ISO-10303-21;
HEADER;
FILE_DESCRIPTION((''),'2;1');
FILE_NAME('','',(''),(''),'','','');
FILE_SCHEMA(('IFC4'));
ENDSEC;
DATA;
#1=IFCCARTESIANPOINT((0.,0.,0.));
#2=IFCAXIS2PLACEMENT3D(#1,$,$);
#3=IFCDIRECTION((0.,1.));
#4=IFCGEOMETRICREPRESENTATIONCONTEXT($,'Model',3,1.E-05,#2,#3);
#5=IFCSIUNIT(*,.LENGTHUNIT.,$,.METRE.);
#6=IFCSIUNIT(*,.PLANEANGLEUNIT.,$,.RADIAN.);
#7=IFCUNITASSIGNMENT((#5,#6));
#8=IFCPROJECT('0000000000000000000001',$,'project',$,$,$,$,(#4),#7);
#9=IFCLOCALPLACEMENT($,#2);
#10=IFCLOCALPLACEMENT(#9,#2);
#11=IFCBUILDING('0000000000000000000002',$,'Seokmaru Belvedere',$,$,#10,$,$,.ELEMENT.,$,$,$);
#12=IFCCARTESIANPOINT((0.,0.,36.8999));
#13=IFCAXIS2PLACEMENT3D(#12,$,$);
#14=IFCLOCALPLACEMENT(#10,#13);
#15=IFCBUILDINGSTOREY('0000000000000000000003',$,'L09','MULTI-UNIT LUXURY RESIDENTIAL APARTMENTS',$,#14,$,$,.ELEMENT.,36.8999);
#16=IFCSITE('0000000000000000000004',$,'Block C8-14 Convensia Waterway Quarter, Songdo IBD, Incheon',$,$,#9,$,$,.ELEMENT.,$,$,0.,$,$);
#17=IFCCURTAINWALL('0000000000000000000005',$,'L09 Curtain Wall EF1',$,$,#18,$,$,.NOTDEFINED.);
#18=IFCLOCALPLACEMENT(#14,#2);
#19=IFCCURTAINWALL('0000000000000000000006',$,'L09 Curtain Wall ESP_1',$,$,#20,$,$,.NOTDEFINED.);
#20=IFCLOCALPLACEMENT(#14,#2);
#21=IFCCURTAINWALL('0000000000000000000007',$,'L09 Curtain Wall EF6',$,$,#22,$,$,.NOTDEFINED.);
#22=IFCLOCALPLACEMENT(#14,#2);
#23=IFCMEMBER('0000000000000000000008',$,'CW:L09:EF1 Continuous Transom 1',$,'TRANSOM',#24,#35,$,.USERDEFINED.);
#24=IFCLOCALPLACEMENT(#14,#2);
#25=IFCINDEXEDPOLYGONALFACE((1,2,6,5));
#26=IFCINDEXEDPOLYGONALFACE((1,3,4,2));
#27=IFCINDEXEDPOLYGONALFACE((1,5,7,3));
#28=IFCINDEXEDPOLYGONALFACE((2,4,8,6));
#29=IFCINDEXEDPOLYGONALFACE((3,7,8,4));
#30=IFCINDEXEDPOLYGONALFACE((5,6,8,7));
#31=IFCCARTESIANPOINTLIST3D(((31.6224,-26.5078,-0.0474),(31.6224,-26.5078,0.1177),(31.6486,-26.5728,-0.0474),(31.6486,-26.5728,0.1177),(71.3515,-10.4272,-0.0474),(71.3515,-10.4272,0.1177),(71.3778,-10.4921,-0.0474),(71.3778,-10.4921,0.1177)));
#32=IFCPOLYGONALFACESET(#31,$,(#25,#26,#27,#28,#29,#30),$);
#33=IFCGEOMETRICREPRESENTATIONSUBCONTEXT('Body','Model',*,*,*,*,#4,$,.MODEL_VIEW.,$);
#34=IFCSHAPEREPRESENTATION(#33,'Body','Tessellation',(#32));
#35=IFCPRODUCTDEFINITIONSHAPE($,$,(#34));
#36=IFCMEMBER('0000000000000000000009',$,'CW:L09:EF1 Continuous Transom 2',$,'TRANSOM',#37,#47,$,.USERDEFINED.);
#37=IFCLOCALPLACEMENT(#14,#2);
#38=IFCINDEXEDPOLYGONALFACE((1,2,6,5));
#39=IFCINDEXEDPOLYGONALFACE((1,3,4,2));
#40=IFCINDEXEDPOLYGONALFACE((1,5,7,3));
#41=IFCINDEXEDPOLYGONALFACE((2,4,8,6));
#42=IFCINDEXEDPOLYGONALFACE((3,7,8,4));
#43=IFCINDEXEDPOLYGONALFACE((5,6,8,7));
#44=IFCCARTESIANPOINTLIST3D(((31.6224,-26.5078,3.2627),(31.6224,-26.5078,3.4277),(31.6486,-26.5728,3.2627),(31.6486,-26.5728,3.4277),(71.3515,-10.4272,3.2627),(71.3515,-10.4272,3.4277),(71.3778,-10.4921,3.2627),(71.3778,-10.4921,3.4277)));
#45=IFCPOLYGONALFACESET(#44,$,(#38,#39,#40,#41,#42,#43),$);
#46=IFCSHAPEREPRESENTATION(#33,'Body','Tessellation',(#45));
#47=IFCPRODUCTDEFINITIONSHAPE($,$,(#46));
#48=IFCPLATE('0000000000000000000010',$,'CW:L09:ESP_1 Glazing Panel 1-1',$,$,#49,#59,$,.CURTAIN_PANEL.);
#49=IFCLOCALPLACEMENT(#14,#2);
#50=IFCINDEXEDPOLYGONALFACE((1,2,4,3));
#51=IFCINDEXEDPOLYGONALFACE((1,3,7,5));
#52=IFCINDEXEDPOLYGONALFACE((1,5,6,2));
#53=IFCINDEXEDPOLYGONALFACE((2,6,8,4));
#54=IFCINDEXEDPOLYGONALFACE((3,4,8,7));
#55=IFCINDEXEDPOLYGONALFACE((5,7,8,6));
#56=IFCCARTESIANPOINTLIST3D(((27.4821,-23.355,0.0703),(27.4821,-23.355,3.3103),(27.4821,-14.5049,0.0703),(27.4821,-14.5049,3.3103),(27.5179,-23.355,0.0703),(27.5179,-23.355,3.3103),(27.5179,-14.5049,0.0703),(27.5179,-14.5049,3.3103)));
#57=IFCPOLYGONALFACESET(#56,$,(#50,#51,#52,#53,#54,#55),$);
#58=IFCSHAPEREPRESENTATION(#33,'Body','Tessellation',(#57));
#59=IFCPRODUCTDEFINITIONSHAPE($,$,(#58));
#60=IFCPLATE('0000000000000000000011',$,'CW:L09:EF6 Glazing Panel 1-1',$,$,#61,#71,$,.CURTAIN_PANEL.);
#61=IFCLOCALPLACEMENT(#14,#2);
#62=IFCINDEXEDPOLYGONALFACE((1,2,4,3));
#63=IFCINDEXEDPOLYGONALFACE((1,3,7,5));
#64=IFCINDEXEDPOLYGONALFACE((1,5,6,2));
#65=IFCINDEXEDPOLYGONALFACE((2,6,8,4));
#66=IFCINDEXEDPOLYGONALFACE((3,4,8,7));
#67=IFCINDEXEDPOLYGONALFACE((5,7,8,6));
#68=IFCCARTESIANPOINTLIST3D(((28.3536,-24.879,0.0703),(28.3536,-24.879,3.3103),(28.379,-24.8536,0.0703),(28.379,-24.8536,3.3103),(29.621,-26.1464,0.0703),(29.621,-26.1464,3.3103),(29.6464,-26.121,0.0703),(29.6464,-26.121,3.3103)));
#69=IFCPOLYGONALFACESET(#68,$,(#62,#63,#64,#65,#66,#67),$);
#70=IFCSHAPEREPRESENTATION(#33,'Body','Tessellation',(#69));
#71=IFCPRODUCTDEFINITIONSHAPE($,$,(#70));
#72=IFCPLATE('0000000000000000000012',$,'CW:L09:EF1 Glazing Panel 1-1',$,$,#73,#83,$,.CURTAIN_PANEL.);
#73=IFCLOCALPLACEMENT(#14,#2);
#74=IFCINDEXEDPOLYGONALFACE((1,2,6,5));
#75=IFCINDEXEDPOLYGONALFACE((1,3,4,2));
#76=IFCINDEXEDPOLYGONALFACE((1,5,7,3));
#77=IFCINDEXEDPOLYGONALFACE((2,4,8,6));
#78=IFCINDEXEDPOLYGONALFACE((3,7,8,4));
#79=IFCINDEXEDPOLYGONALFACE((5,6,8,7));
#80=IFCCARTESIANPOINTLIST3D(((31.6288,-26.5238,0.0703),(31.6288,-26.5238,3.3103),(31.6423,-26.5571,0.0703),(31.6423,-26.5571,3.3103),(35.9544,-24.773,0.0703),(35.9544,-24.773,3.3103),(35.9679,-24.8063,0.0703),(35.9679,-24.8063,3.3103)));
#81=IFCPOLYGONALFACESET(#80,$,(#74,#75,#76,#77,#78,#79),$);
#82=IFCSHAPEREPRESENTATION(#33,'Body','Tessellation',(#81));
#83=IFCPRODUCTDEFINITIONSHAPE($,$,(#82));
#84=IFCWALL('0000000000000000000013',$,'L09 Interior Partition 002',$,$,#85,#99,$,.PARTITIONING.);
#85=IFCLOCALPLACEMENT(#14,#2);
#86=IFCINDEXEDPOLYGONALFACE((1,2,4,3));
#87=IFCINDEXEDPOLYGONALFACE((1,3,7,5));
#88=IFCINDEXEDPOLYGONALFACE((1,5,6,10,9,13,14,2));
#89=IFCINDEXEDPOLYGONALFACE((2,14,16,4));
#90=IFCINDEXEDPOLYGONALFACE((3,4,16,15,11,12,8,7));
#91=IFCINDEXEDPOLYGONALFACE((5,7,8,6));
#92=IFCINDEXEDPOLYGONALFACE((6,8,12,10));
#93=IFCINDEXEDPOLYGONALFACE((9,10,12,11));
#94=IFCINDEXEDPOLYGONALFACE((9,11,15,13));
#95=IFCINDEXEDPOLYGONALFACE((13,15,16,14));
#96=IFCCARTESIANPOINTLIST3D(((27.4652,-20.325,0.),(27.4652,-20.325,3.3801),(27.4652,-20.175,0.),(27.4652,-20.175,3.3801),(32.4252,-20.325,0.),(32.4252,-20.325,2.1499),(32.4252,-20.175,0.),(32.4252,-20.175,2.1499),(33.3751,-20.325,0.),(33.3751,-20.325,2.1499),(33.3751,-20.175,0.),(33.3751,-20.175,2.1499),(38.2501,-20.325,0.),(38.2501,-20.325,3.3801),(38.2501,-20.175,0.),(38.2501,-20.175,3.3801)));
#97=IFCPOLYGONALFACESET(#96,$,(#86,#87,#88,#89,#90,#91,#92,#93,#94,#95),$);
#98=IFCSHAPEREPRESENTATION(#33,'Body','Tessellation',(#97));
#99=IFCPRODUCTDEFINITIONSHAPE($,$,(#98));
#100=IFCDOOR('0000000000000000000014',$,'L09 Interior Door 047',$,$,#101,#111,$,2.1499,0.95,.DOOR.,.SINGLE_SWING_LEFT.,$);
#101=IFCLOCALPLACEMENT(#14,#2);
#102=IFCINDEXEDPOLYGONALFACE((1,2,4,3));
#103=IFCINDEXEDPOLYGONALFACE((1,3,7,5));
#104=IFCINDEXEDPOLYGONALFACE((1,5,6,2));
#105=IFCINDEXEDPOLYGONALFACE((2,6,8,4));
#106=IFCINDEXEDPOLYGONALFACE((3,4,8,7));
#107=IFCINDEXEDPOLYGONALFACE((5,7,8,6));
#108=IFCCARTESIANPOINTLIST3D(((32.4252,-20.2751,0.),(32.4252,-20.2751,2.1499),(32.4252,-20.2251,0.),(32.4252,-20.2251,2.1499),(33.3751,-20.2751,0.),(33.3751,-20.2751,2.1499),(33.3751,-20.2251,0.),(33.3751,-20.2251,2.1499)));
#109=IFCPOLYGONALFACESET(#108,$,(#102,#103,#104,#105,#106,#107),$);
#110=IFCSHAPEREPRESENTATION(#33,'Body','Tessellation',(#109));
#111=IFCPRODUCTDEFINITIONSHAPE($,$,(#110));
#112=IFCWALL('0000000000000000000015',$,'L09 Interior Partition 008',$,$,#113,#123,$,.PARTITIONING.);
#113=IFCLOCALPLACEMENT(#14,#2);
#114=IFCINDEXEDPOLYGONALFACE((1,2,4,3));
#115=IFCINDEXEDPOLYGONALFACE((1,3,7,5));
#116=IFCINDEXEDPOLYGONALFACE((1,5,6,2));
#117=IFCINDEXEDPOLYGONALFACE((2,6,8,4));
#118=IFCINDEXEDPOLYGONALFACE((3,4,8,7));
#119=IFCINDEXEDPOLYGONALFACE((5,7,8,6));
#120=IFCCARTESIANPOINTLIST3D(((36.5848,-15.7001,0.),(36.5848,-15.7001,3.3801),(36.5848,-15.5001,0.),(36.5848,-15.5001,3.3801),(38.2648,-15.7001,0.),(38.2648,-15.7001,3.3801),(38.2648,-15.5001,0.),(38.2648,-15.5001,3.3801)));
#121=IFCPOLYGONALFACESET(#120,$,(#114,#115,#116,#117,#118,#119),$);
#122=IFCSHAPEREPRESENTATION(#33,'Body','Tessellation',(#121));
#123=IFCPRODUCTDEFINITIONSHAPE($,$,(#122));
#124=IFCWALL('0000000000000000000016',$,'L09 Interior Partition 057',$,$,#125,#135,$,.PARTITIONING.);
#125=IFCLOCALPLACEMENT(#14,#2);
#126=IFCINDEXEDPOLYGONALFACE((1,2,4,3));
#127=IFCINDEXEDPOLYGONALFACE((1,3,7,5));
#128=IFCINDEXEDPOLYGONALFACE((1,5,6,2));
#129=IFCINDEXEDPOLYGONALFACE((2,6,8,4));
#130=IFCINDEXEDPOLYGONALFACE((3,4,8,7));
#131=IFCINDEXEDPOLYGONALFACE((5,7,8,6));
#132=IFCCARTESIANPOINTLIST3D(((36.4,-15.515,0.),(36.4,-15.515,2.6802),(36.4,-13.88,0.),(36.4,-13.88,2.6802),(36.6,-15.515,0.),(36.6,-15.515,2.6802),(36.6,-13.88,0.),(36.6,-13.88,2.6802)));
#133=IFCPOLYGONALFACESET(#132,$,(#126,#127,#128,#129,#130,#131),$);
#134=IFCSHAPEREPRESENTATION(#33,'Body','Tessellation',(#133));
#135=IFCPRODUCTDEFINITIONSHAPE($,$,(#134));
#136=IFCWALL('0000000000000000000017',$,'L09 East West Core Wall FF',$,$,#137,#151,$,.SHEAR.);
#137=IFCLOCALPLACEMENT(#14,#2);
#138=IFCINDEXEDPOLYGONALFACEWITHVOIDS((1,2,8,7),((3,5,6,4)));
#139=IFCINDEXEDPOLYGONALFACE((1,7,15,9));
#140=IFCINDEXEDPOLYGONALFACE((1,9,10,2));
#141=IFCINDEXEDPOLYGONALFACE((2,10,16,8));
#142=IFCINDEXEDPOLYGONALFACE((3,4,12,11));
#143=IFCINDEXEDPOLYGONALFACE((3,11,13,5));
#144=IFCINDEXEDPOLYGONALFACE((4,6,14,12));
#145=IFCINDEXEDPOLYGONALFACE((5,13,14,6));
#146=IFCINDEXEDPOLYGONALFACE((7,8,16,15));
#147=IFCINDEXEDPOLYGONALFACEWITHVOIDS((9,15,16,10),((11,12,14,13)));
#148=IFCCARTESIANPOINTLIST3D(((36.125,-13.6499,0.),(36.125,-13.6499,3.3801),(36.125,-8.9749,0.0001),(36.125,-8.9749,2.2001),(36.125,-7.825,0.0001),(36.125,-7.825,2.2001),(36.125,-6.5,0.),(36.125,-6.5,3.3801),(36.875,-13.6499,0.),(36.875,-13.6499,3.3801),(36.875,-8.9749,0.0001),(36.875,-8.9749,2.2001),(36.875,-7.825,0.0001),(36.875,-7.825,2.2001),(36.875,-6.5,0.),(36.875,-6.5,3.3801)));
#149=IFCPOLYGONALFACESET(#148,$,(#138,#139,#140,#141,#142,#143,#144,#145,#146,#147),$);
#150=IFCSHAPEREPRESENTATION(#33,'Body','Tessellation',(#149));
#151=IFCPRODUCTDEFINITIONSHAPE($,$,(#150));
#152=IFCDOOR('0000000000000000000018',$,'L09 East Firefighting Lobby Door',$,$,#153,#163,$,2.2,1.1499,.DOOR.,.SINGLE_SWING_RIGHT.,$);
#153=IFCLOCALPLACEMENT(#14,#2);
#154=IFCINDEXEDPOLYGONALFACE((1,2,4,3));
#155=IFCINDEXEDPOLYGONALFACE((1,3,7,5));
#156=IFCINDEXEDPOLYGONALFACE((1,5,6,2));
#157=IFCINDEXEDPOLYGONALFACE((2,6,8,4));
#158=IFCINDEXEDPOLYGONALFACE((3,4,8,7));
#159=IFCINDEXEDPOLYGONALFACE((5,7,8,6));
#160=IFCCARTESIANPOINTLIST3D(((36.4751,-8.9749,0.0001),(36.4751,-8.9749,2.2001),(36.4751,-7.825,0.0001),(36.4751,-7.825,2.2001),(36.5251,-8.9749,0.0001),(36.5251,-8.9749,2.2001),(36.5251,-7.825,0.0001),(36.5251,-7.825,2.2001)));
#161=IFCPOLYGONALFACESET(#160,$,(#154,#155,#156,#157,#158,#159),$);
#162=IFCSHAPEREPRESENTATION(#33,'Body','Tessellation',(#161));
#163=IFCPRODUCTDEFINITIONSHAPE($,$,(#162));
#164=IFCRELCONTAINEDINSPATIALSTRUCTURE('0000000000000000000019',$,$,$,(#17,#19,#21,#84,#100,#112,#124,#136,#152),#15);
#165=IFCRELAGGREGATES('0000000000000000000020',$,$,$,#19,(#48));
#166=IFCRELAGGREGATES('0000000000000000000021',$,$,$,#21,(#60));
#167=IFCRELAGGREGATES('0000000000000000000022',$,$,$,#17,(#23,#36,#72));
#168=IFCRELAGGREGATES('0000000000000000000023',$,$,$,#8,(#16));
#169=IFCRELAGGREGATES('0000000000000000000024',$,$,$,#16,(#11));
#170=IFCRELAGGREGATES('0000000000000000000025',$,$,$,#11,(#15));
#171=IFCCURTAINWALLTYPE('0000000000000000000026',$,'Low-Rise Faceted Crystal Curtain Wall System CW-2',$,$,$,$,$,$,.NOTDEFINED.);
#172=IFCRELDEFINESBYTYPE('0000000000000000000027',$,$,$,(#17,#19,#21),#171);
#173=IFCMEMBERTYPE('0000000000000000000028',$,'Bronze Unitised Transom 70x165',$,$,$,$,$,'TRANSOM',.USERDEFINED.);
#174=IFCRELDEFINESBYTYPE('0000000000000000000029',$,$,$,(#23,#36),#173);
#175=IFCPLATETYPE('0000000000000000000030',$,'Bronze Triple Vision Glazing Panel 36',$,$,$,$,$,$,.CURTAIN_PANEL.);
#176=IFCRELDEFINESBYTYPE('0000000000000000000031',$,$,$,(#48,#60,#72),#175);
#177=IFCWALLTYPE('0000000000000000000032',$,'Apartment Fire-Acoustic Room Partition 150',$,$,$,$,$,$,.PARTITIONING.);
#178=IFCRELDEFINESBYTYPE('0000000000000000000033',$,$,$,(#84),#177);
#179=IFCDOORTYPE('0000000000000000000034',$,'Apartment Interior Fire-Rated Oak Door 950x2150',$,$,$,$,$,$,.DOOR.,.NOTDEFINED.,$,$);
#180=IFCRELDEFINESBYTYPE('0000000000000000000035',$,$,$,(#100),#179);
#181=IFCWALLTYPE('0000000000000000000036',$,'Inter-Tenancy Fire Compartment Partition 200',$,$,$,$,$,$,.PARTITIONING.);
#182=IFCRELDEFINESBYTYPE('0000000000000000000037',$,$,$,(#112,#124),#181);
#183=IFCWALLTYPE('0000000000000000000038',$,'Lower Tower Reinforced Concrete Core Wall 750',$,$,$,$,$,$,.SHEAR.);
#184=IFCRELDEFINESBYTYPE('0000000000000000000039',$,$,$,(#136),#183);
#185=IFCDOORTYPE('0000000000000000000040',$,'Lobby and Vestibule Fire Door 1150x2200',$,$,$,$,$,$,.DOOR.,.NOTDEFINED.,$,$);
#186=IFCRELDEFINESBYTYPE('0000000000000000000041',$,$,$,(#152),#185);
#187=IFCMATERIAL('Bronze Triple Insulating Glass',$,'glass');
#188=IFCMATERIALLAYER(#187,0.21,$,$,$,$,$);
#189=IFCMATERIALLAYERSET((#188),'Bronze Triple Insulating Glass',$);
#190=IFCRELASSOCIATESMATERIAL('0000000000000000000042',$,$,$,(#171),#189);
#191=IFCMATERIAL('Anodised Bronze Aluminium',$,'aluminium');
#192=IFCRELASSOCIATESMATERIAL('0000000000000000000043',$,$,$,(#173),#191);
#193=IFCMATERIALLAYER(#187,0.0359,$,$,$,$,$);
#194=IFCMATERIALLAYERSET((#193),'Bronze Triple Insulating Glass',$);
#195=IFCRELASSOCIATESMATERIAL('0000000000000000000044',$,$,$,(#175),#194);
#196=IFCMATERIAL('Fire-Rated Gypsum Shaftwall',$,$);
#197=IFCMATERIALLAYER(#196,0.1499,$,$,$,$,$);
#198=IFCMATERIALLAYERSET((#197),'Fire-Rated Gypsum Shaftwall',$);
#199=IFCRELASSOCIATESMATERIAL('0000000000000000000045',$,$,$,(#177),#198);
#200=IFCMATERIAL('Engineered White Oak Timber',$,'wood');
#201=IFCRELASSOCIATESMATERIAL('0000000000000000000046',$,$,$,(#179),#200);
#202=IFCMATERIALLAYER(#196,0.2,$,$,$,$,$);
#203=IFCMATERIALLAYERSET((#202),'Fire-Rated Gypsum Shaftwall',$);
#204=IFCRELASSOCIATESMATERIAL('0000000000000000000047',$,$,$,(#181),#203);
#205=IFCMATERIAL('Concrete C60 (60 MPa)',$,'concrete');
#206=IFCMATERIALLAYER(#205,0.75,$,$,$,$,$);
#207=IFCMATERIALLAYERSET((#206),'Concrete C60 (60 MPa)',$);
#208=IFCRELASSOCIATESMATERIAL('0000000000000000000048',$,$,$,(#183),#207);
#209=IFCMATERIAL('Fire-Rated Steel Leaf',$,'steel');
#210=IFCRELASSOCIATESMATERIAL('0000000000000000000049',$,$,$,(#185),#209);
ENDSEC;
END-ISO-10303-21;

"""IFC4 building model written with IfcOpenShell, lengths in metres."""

from ifc_helpers import new_model, si_unit, direction, frame, frame_2d, origin, origin_2d, place, context, subcontext, project, spatial, rectangle, extrude, source, transform, mapped, material, layer, layer_set, material_profile, profile_set, type_object, type_shapes, element, fill, aggregate, save


model = new_model("IFC4")

# Units and contexts
model_context = context("Model", 3, precision=1e-05, world=origin(), true_north=direction((0.0, 1.0)))
body_context = subcontext(model_context, "Body", "Model", "MODEL_VIEW")
ifc_project = project(units=[si_unit("LENGTHUNIT", "METRE"), si_unit("PLANEANGLEUNIT", "RADIAN")], contexts=[model_context])

# Site, building, storey
site_placement = place(None, origin())
site = spatial("IfcSite", under=ifc_project, at=site_placement, Name="Block C8-14 Convensia Waterway Quarter, Songdo IBD, Incheon", CompositionType="ELEMENT", RefElevation=0.0)
building_placement = place(site_placement, origin())
building = spatial("IfcBuilding", under=site, at=building_placement, Name="Seokmaru Belvedere", CompositionType="ELEMENT")
storey_placement = place(building_placement, frame((0.0, 0.0, 36.8999)))
storey = spatial("IfcBuildingStorey", under=building, at=storey_placement, Name="L09", Description="MULTI-UNIT LUXURY RESIDENTIAL APARTMENTS", CompositionType="ELEMENT", Elevation=36.8999)

# Curtain wall
ifc_material_1 = material(Name="Bronze Triple Insulating Glass", Category="glass")
ifc_layer_1 = layer(ifc_material_1, 0.21)
ifc_layer_set_1 = layer_set([ifc_layer_1], Name="Bronze Triple Insulating Glass")
curtain_wall_type = type_object("IfcCurtainWallType", Name="Low-Rise Faceted Crystal Curtain Wall System CW-2", PredefinedType="NOTDEFINED", material=ifc_layer_set_1)
curtain_wall_1_placement = place(storey_placement, origin())
curtain_wall_1 = element("IfcCurtainWall", 1, at=curtain_wall_1_placement, inside=storey, type_object=curtain_wall_type, Name="L09 Curtain Wall EF1", PredefinedType="NOTDEFINED")
ifc_material_2 = material(Name="Anodised Bronze Aluminium", Category="aluminium")

# Curtain walls
curtain_wall_2_placement = place(storey_placement, origin())
curtain_wall_2 = element("IfcCurtainWall", 2, at=curtain_wall_2_placement, inside=storey, type_object=curtain_wall_type, Name="L09 Curtain Wall ESP_1", PredefinedType="NOTDEFINED")
curtain_wall_3_placement = place(storey_placement, origin())
curtain_wall_3 = element("IfcCurtainWall", 3, at=curtain_wall_3_placement, inside=storey, type_object=curtain_wall_type, Name="L09 Curtain Wall EF6", PredefinedType="NOTDEFINED")

# Members
ifc_material_profile_1 = material_profile(ifc_material_2, rectangle(XDim=0.0701, YDim=0.165, at=origin_2d()), Name="CW-T-70x165")
ifc_profile_set_1 = profile_set([ifc_material_profile_1], Name="Anodised Bronze Aluminium")
member_type_1 = type_object("IfcMemberType", Name="Bronze Unitised Transom 70x165", ElementType="TRANSOM", PredefinedType="USERDEFINED", material=ifc_profile_set_1)
shared_shape_1 = source(origin(), body_context, "Body", "SweptSolid", [
    extrude(rectangle(XDim=0.0701, YDim=0.165, at=origin_2d()), origin(), (0.0, 0.0, 1.0), 42.8601),
])
member_1_placement = place(storey_placement, frame((31.6355, -26.5403, 0.0352), z_axis=(0.926949, 0.375188, 0.0), x_axis=(-0.375188, 0.926949, 0.0)))
member_1 = element("IfcMember", 4, at=member_1_placement, type_object=member_type_1, Name="CW:L09:EF1 Continuous Transom 1", ObjectType="TRANSOM", PredefinedType="USERDEFINED", context=body_context, shape_type="MappedRepresentation", body=[
    mapped(shared_shape_1, transform((0.0, 0.0, 0.0), scale=1.0)),
])
member_2_placement = place(storey_placement, frame((31.6355, -26.5403, 3.3452), z_axis=(0.926949, 0.375188, 0.0), x_axis=(-0.375188, 0.926949, 0.0)))
member_2 = element("IfcMember", 5, at=member_2_placement, type_object=member_type_1, Name="CW:L09:EF1 Continuous Transom 2", ObjectType="TRANSOM", PredefinedType="USERDEFINED", context=body_context, shape_type="MappedRepresentation", body=[
    mapped(shared_shape_1, transform((0.0, 0.0, 0.0), scale=1.0)),
])

# Plates
ifc_layer_2 = layer(ifc_material_1, 0.0359)
ifc_layer_set_2 = layer_set([ifc_layer_2], Name="Bronze Triple Insulating Glass")
plate_type = type_object("IfcPlateType", Name="Bronze Triple Vision Glazing Panel 36", PredefinedType="CURTAIN_PANEL", material=ifc_layer_set_2)
shared_shape_2 = source(origin(), body_context, "Body", "SweptSolid", [
    extrude(rectangle(XDim=8.8501, YDim=0.0359, at=origin_2d()), origin(), (0.0, 0.0, 1.0), 3.24),
])
plate_1_placement = place(storey_placement, frame((27.5, -18.9299, 0.0703), z_axis=(0.0, 0.0, 1.0), x_axis=(0.0, -1.0, 0.0)))
plate_1 = element("IfcPlate", 6, at=plate_1_placement, type_object=plate_type, Name="CW:L09:ESP_1 Glazing Panel 1-1", PredefinedType="CURTAIN_PANEL", context=body_context, shape_type="MappedRepresentation", body=[
    mapped(shared_shape_2, transform((0.0, 0.0, 0.0), scale=1.0)),
])
aggregate(curtain_wall_2, [plate_1])
shared_shape_3 = source(origin(), body_context, "Body", "SweptSolid", [
    extrude(rectangle(XDim=1.7925, YDim=0.0359, at=origin_2d()), origin(), (0.0, 0.0, 1.0), 3.24),
])
plate_2_placement = place(storey_placement, frame((29.0, -25.5, 0.0703), z_axis=(0.0, 0.0, 1.0), x_axis=(0.707107, -0.707107, 0.0)))
plate_2 = element("IfcPlate", 7, at=plate_2_placement, type_object=plate_type, Name="CW:L09:EF6 Glazing Panel 1-1", PredefinedType="CURTAIN_PANEL", context=body_context, shape_type="MappedRepresentation", body=[
    mapped(shared_shape_3, transform((0.0, 0.0, 0.0), scale=1.0)),
])
aggregate(curtain_wall_3, [plate_2])
shared_shape_4 = source(origin(), body_context, "Body", "SweptSolid", [
    extrude(rectangle(XDim=4.6665, YDim=0.0359, at=origin_2d()), origin(), (0.0, 0.0, 1.0), 3.24),
])
type_shapes(plate_type, [shared_shape_2, shared_shape_3, shared_shape_4])
plate_3_placement = place(storey_placement, frame((33.7983, -25.665, 0.0703), z_axis=(0.0, 0.0, 1.0), x_axis=(0.926947, 0.375192, 0.0)))
plate_3 = element("IfcPlate", 8, at=plate_3_placement, type_object=plate_type, Name="CW:L09:EF1 Glazing Panel 1-1", PredefinedType="CURTAIN_PANEL", context=body_context, shape_type="MappedRepresentation", body=[
    mapped(shared_shape_4, transform((0.0, 0.0, 0.0), scale=1.0)),
])
aggregate(curtain_wall_1, [member_1, member_2, plate_3])

# Wall, opening, door
ifc_material_3 = material(Name="Fire-Rated Gypsum Shaftwall")
ifc_layer_3 = layer(ifc_material_3, 0.1499)
ifc_layer_set_3 = layer_set([ifc_layer_3], Name="Fire-Rated Gypsum Shaftwall")
wall_type_1 = type_object("IfcWallType", Name="Apartment Fire-Acoustic Room Partition 150", PredefinedType="PARTITIONING", material=ifc_layer_set_3)
wall_1_placement = place(storey_placement, frame((27.4651, -20.25, 0.0), z_axis=(0.0, 0.0, 1.0), x_axis=(1.0, 0.0, 0.0)))
wall_1 = element("IfcWall", 9, at=wall_1_placement, inside=storey, type_object=wall_type_1, Name="L09 Interior Partition 002", PredefinedType="PARTITIONING", context=body_context, shape_type="SweptSolid", body=[
    extrude(rectangle(XDim=10.7849, YDim=0.1499, at=frame_2d((5.3926, 0.0))), origin(), (0.0, 0.0, 1.0), 3.3801),
])
opening_1_placement = place(wall_1_placement, frame((4.96, 0.0, 0.0)))
opening_1 = element("IfcOpeningElement", 10, at=opening_1_placement, cuts=wall_1, PredefinedType="OPENING", context=body_context, shape_type="SweptSolid", body=[
    extrude(rectangle(XDim=0.95, YDim=2.1499, at=frame_2d((0.4751, 1.075))), frame((0.0, 0.085, 0.0), z_axis=(0.0, -1.0, 0.0), x_axis=(1.0, 0.0, 0.0)), (0.0, 0.0, 1.0), 0.1699),
])
ifc_material_4 = material(Name="Engineered White Oak Timber", Category="wood")
door_type_1 = type_object("IfcDoorType", Name="Apartment Interior Fire-Rated Oak Door 950x2150", OperationType="NOTDEFINED", PredefinedType="DOOR", material=ifc_material_4)
shared_shape_5 = source(origin(), body_context, "Body", "SweptSolid", [
    extrude(rectangle(XDim=0.95, YDim=2.1499, at=frame_2d((0.4751, 1.075))), frame((0.0, 0.0249, 0.0), z_axis=(0.0, -1.0, 0.0), x_axis=(1.0, 0.0, 0.0)), (0.0, 0.0, 1.0), 0.05),
])
type_shapes(door_type_1, [shared_shape_5])
door_1_placement = place(opening_1_placement, origin())
door_1 = element("IfcDoor", 11, at=door_1_placement, inside=storey, type_object=door_type_1, Name="L09 Interior Door 047", OperationType="SINGLE_SWING_LEFT", OverallHeight=2.1499, OverallWidth=0.95, PredefinedType="DOOR", context=body_context, shape_type="MappedRepresentation", body=[
    mapped(shared_shape_5, transform((0.0, 0.0, 0.0), scale=1.0)),
])
fill(opening_1, door_1)

# Walls
ifc_layer_4 = layer(ifc_material_3, 0.2)
ifc_layer_set_4 = layer_set([ifc_layer_4], Name="Fire-Rated Gypsum Shaftwall")
wall_type_2 = type_object("IfcWallType", Name="Inter-Tenancy Fire Compartment Partition 200", PredefinedType="PARTITIONING", material=ifc_layer_set_4)
wall_2_placement = place(storey_placement, frame((36.585, -15.6001, 0.0), z_axis=(0.0, 0.0, 1.0), x_axis=(1.0, 0.0, 0.0)))
element("IfcWall", 12, at=wall_2_placement, inside=storey, type_object=wall_type_2, Name="L09 Interior Partition 008", PredefinedType="PARTITIONING", context=body_context, shape_type="SweptSolid", body=[
    extrude(rectangle(XDim=1.6799, YDim=0.2, at=frame_2d((0.8398, 0.0))), origin(), (0.0, 0.0, 1.0), 3.3801),
])
wall_3_placement = place(storey_placement, frame((36.5, -15.5149, 0.0), z_axis=(0.0, 0.0, 1.0), x_axis=(0.0, 1.0, 0.0)))
element("IfcWall", 13, at=wall_3_placement, inside=storey, type_object=wall_type_2, Name="L09 Interior Partition 057", PredefinedType="PARTITIONING", context=body_context, shape_type="SweptSolid", body=[
    extrude(rectangle(XDim=1.635, YDim=0.2, at=frame_2d((0.8174, 0.0))), origin(), (0.0, 0.0, 1.0), 2.6802),
])

# Wall, opening, door
ifc_material_5 = material(Name="Concrete C60 (60 MPa)", Category="concrete")
ifc_layer_5 = layer(ifc_material_5, 0.75)
ifc_layer_set_5 = layer_set([ifc_layer_5], Name="Concrete C60 (60 MPa)")
wall_type_3 = type_object("IfcWallType", Name="Lower Tower Reinforced Concrete Core Wall 750", PredefinedType="SHEAR", material=ifc_layer_set_5)
wall_4_placement = place(storey_placement, frame((36.5, -13.6499, 0.0), z_axis=(0.0, 0.0, 1.0), x_axis=(0.0, 1.0, 0.0)))
wall_4 = element("IfcWall", 14, at=wall_4_placement, inside=storey, type_object=wall_type_3, Name="L09 East West Core Wall FF", PredefinedType="SHEAR", context=body_context, shape_type="SweptSolid", body=[
    extrude(rectangle(XDim=7.1499, YDim=0.75, at=frame_2d((3.575, 0.0))), origin(), (0.0, 0.0, 1.0), 3.3801),
])
opening_2_placement = place(wall_4_placement, frame((4.675, 0.0, 0.0)))
opening_2 = element("IfcOpeningElement", 15, at=opening_2_placement, cuts=wall_4, PredefinedType="OPENING", context=body_context, shape_type="SweptSolid", body=[
    extrude(rectangle(XDim=1.1499, YDim=2.2, at=frame_2d((0.575, 1.1001))), frame((0.0, 0.385, 0.0), z_axis=(0.0, -1.0, 0.0), x_axis=(1.0, 0.0, 0.0)), (0.0, 0.0, 1.0), 0.77),
])
ifc_material_6 = material(Name="Fire-Rated Steel Leaf", Category="steel")
door_type_2 = type_object("IfcDoorType", Name="Lobby and Vestibule Fire Door 1150x2200", OperationType="NOTDEFINED", PredefinedType="DOOR", material=ifc_material_6)
shared_shape_6 = source(origin(), body_context, "Body", "SweptSolid", [
    extrude(rectangle(XDim=1.1499, YDim=2.2, at=frame_2d((0.575, 1.1001))), frame((0.0, 0.0249, 0.0), z_axis=(0.0, -1.0, 0.0), x_axis=(1.0, 0.0, 0.0)), (0.0, 0.0, 1.0), 0.05),
])
type_shapes(door_type_2, [shared_shape_6])
door_2_placement = place(opening_2_placement, origin())
door_2 = element("IfcDoor", 16, at=door_2_placement, inside=storey, type_object=door_type_2, Name="L09 East Firefighting Lobby Door", OperationType="SINGLE_SWING_RIGHT", OverallHeight=2.2, OverallWidth=1.1499, PredefinedType="DOOR", context=body_context, shape_type="MappedRepresentation", body=[
    mapped(shared_shape_6, transform((0.0, 0.0, 0.0), scale=1.0)),
])
fill(opening_2, door_2)

save(model, "model.ifc")
